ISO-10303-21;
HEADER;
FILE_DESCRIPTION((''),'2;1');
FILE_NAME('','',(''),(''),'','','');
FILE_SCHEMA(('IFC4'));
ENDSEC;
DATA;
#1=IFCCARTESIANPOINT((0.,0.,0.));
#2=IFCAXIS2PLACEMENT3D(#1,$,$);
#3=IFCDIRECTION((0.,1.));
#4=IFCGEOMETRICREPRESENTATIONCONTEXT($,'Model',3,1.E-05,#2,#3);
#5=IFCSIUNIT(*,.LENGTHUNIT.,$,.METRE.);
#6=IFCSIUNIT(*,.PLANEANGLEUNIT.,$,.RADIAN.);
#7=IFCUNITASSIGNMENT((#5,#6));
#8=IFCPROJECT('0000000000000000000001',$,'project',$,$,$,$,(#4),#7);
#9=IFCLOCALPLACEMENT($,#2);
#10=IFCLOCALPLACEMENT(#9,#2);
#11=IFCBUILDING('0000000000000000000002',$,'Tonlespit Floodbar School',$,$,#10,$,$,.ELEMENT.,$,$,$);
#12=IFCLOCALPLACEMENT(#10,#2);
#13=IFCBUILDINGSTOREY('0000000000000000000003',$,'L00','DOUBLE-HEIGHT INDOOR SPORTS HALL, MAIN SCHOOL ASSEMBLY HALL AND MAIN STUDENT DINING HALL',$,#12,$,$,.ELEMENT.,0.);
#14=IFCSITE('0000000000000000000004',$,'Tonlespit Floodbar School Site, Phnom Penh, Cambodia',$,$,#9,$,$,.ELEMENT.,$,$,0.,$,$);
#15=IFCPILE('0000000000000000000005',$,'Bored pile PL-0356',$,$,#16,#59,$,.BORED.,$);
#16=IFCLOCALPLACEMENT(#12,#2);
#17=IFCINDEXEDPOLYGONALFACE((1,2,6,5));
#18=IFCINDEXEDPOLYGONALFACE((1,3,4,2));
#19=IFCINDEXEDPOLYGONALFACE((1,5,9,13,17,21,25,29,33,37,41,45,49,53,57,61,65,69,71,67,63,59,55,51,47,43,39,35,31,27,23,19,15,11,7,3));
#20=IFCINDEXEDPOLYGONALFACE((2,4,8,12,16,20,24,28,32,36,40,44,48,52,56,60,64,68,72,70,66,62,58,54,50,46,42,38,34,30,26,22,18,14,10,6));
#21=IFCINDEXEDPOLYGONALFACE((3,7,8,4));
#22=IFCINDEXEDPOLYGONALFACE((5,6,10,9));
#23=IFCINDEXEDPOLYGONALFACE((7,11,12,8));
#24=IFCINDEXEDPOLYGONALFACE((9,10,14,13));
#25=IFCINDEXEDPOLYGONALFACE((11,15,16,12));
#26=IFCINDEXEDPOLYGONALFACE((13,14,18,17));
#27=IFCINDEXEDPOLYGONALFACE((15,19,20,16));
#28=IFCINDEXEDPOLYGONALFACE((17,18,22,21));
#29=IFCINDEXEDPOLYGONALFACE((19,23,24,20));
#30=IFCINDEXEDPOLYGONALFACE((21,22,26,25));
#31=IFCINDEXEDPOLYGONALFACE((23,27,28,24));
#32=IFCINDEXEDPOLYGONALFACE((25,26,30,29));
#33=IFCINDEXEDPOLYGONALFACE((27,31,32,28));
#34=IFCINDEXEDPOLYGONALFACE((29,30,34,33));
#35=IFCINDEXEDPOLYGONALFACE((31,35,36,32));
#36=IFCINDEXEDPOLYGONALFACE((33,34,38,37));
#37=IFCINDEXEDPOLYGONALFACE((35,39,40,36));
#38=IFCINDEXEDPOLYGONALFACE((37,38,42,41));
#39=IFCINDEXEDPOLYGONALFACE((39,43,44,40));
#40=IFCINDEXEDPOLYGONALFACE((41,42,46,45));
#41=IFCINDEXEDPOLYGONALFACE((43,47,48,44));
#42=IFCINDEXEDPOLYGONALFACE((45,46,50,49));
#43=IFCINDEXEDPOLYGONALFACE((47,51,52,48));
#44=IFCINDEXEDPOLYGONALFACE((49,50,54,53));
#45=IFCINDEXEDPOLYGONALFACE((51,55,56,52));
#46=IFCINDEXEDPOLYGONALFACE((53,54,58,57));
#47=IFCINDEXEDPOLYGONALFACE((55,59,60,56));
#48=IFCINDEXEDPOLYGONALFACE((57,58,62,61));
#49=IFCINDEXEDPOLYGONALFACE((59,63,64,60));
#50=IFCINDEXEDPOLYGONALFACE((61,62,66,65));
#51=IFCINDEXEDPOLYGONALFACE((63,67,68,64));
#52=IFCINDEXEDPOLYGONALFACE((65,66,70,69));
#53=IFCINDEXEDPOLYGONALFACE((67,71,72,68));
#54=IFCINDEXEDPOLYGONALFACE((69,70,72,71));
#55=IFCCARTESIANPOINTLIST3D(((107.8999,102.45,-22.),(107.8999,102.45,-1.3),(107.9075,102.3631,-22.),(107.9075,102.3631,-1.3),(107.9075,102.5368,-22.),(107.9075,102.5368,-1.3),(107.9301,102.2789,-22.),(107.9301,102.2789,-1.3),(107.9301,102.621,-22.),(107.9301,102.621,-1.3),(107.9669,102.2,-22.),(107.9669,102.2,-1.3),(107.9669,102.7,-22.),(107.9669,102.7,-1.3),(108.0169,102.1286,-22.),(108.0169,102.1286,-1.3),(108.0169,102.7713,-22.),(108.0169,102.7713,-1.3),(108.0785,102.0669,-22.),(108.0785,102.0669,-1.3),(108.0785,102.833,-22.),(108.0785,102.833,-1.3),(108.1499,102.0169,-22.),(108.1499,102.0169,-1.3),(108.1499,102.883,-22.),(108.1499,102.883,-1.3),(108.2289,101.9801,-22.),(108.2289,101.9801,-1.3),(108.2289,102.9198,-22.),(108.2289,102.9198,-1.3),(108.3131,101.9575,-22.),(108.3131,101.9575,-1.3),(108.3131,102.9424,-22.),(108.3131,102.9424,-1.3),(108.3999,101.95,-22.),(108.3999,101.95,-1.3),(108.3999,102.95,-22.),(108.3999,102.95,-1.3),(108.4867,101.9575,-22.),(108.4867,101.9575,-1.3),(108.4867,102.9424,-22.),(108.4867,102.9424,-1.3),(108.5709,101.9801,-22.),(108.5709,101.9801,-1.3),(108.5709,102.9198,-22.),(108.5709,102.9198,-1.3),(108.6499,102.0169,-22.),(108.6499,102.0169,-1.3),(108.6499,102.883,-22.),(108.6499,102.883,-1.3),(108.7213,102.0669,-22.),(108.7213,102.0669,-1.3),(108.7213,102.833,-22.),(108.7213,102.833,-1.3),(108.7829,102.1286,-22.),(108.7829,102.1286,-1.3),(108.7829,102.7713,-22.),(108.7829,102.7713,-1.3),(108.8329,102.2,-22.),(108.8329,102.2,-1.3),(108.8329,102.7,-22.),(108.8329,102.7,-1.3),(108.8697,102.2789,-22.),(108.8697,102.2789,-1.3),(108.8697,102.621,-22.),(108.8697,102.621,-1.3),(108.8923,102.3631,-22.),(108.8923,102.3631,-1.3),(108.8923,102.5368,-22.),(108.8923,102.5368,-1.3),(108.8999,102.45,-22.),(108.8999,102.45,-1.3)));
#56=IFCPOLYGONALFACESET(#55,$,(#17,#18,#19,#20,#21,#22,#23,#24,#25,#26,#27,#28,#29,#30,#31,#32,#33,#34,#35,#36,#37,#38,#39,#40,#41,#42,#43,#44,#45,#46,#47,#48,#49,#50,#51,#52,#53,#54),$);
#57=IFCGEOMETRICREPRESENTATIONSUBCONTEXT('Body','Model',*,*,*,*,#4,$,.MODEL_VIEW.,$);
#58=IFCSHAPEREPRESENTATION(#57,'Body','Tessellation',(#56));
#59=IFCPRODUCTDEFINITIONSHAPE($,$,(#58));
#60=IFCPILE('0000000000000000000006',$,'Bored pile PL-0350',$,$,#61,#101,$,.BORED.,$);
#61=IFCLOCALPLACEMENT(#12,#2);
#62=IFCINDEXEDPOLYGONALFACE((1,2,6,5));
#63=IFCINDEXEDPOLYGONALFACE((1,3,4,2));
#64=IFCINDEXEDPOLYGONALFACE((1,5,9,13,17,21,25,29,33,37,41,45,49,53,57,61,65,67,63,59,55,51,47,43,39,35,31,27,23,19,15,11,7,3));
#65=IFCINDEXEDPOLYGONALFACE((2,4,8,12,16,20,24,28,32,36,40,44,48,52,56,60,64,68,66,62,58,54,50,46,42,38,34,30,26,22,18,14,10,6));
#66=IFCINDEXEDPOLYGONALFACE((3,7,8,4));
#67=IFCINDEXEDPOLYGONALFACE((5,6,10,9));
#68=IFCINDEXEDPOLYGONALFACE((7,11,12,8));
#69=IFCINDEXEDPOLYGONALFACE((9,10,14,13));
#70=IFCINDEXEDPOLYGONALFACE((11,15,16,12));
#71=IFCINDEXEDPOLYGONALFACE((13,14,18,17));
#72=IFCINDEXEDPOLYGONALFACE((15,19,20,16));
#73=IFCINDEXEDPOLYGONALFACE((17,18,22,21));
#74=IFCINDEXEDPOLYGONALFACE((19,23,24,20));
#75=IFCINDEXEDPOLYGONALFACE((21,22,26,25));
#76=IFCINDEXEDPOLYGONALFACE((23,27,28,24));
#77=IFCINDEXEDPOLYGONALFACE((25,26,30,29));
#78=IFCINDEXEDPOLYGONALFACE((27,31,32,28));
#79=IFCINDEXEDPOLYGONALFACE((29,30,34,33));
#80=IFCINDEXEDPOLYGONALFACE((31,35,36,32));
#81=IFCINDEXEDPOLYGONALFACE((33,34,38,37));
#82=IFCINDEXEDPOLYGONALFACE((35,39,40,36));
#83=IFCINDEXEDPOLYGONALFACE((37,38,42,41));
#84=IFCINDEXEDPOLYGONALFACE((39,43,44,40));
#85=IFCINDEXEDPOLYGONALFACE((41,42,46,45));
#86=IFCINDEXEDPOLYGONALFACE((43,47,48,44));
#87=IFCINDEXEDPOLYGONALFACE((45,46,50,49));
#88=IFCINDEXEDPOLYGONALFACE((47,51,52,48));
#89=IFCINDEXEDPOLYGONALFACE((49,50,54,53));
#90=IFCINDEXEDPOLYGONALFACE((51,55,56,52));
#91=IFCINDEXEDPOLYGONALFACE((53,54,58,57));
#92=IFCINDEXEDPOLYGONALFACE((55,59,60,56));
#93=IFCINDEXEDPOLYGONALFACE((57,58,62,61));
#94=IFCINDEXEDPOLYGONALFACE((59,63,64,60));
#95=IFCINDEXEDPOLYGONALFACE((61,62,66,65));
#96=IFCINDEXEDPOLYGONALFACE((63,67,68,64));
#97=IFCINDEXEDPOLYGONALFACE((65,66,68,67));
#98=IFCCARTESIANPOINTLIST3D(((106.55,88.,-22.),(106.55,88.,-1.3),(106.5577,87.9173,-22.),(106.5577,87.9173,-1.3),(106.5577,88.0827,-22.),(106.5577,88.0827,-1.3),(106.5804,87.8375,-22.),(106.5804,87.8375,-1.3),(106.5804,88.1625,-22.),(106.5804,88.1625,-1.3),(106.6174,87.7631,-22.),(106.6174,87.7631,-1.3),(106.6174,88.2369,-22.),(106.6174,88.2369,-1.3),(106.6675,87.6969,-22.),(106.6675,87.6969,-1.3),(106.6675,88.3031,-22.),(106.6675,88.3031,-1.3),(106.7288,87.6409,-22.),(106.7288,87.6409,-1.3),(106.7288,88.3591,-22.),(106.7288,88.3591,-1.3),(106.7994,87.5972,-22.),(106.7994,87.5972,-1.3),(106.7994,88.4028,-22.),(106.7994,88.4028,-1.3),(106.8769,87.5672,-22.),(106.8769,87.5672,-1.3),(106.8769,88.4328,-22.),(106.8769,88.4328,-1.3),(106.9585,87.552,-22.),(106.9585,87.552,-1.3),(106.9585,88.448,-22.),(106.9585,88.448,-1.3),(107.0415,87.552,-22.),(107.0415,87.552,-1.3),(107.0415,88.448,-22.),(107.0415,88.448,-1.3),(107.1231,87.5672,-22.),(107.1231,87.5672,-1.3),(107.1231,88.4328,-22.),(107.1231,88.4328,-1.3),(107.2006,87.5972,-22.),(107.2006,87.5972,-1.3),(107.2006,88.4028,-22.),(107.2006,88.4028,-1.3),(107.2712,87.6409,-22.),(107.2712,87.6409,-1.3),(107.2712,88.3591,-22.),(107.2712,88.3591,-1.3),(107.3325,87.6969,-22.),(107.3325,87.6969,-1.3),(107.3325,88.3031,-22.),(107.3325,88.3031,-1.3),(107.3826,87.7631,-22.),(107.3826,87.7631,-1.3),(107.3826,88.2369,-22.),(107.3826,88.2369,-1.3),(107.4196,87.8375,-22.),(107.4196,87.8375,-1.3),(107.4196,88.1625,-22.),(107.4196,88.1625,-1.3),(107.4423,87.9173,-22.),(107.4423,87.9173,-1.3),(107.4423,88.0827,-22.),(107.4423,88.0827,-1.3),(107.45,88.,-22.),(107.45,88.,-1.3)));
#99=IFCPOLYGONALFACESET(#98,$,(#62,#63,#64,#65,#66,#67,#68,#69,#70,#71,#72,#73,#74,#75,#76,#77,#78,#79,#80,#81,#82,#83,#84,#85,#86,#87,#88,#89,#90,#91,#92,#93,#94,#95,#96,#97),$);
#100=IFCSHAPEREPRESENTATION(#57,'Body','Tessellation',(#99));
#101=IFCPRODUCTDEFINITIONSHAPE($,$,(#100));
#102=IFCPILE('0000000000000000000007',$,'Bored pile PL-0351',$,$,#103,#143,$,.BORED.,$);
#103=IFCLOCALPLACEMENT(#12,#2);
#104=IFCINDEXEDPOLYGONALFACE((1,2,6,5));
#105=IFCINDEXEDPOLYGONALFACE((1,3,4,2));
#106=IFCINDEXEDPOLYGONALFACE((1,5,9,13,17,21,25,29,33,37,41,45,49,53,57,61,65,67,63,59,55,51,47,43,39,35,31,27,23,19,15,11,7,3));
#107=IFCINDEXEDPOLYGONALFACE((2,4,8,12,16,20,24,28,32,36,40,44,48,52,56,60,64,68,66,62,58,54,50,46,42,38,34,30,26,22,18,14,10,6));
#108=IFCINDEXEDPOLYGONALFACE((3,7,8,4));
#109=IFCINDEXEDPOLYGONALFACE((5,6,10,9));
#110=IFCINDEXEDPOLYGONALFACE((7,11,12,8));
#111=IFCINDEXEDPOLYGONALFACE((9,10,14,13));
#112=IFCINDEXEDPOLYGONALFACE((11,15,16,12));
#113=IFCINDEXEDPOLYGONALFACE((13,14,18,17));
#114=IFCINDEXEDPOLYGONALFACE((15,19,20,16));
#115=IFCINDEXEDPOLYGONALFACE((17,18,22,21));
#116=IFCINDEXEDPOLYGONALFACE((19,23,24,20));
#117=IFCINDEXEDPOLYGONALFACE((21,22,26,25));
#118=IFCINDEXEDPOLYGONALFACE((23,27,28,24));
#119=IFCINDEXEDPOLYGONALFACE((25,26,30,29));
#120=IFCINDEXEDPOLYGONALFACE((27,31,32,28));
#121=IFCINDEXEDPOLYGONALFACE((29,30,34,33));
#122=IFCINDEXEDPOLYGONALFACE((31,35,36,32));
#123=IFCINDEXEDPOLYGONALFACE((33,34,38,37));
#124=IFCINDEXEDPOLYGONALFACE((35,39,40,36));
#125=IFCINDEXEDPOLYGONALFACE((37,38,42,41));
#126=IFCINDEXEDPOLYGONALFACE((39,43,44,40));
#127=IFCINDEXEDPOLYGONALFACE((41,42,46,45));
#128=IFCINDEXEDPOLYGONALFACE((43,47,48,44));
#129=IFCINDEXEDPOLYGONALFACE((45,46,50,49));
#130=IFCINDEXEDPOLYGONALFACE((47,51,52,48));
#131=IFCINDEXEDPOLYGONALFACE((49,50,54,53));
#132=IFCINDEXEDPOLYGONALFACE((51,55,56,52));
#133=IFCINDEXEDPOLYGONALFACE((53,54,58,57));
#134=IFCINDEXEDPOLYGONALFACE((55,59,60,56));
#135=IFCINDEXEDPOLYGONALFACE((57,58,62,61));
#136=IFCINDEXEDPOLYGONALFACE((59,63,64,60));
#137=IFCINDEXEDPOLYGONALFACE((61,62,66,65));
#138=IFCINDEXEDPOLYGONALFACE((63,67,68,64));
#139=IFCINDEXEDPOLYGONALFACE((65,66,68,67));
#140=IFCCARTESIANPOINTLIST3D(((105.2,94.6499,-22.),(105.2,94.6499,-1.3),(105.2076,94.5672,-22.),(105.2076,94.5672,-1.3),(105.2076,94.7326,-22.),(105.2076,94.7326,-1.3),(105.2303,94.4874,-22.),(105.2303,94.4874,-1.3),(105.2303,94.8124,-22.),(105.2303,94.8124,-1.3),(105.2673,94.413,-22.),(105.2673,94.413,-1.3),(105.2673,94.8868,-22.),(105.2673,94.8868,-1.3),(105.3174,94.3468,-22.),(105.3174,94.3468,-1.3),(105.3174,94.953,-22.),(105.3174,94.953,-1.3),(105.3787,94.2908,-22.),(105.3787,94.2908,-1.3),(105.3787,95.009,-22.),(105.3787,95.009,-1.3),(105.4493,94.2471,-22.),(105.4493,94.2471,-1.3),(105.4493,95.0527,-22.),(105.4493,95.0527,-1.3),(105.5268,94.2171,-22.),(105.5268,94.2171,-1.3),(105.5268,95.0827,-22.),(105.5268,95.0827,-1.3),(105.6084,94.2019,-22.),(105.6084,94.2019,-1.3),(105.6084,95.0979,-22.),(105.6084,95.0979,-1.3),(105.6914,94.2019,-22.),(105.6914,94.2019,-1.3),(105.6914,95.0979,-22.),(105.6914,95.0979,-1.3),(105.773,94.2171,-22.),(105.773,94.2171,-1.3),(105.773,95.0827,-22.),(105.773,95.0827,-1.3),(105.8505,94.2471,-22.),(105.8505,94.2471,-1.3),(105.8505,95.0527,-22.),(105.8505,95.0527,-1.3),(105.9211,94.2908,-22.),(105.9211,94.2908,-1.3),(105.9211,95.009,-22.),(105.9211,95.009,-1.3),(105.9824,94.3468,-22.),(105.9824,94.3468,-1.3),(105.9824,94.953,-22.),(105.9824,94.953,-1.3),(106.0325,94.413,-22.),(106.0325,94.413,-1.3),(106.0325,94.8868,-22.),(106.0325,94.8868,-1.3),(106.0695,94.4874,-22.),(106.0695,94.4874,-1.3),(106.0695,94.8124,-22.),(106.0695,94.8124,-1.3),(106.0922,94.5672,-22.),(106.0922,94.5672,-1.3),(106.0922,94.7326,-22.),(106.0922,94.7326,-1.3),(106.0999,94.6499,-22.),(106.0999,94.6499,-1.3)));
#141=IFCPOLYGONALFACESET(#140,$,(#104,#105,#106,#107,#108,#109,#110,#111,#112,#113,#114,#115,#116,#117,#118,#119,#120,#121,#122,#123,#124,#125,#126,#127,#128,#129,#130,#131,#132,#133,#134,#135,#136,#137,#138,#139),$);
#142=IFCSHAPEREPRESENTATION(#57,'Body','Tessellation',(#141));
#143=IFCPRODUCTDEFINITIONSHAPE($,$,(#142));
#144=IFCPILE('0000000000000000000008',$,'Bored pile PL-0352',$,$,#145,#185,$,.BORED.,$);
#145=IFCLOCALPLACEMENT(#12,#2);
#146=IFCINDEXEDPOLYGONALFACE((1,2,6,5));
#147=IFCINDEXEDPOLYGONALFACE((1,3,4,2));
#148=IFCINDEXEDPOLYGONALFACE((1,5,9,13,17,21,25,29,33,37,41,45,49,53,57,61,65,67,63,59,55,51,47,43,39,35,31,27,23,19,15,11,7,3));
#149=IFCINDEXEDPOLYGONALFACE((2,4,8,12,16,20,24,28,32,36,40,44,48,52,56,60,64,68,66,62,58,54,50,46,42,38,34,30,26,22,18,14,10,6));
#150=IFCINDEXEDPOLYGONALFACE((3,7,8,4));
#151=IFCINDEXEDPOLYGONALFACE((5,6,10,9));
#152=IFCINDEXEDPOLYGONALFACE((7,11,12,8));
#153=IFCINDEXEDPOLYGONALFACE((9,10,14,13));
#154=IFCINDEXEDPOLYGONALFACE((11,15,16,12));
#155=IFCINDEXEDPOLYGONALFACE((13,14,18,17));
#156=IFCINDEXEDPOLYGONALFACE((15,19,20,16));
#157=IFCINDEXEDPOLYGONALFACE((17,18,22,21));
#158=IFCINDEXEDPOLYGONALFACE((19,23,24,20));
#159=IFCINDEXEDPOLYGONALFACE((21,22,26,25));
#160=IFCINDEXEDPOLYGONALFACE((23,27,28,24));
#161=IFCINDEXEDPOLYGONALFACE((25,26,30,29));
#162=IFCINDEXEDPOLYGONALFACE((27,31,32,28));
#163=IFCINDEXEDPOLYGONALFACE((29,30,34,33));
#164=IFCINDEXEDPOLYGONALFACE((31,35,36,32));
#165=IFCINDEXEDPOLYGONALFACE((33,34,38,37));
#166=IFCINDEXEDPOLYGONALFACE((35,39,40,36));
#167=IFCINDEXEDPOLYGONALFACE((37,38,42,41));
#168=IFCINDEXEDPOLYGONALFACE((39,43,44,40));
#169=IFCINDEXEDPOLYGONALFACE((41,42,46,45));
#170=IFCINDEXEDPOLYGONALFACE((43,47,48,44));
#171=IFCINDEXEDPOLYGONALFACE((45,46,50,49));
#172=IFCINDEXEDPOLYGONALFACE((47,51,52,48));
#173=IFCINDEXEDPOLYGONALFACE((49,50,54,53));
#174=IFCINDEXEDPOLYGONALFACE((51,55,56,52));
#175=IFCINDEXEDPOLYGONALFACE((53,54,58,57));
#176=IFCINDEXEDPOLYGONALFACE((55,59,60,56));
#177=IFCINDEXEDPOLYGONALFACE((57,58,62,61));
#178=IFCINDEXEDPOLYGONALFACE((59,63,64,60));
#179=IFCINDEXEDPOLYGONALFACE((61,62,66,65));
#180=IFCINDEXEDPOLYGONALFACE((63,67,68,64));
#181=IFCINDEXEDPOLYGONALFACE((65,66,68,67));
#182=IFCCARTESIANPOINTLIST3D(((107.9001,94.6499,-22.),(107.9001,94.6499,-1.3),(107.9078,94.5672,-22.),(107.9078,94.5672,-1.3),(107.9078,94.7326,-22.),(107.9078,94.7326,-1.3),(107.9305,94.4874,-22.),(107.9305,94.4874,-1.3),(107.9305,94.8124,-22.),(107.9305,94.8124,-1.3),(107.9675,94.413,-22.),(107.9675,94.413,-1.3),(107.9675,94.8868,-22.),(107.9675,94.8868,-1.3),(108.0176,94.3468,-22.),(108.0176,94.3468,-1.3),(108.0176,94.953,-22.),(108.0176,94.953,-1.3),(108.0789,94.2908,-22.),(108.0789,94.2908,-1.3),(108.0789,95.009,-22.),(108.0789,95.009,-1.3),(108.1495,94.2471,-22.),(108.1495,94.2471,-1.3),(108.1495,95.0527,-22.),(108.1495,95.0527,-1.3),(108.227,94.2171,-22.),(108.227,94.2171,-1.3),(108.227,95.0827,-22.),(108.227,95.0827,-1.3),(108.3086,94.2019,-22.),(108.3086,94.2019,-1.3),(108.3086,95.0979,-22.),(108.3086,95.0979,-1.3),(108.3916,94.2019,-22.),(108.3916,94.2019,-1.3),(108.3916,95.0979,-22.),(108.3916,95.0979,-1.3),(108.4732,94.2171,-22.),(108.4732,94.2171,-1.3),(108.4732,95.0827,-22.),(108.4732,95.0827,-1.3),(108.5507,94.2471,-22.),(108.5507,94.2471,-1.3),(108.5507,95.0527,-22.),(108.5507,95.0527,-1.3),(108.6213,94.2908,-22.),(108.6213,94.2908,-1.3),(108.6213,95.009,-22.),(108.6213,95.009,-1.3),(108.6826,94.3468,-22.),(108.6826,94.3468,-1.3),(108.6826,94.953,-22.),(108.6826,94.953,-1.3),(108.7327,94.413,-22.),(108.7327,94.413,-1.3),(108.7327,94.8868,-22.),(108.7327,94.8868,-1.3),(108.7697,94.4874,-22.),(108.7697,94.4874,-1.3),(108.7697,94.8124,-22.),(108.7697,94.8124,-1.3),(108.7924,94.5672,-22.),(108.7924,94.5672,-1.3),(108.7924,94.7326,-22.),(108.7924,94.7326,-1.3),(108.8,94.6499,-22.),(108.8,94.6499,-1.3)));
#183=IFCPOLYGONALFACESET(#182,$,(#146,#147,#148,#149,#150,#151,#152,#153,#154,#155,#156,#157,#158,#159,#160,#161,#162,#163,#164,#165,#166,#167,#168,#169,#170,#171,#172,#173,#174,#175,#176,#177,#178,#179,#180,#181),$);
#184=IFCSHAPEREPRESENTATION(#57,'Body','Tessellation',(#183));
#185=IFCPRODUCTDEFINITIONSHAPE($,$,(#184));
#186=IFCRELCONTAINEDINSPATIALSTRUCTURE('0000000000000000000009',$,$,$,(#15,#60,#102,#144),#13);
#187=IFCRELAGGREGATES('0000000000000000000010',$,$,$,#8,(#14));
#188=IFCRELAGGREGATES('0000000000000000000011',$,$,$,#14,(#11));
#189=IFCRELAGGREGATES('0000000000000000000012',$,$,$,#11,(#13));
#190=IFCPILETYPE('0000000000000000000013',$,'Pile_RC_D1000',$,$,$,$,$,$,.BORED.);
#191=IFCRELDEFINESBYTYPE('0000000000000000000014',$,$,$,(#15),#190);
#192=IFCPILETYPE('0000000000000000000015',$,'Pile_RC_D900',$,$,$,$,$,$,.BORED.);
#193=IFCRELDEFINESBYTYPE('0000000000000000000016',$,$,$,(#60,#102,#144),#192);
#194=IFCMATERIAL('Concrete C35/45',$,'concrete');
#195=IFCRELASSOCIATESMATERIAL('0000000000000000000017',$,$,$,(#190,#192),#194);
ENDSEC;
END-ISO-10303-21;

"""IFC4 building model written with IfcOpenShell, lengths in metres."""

from ifc_helpers import new_model, si_unit, direction, frame, origin, origin_2d, place, context, subcontext, project, spatial, circle, extrude, material, material_profile, profile_set, type_object, element, save


model = new_model("IFC4")

# Units and contexts
model_context = context("Model", 3, precision=1e-05, world=origin(), true_north=direction((0.0, 1.0)))
body_context = subcontext(model_context, "Body", "Model", "MODEL_VIEW")
ifc_project = project(units=[si_unit("LENGTHUNIT", "METRE"), si_unit("PLANEANGLEUNIT", "RADIAN")], contexts=[model_context])

# Site, building, storey
site_placement = place(None, origin())
site = spatial("IfcSite", under=ifc_project, at=site_placement, Name="Tonlespit Floodbar School Site, Phnom Penh, Cambodia", CompositionType="ELEMENT", RefElevation=0.0)
building_placement = place(site_placement, origin())
building = spatial("IfcBuilding", under=site, at=building_placement, Name="Tonlespit Floodbar School", CompositionType="ELEMENT")
storey_placement = place(building_placement, origin())
storey = spatial("IfcBuildingStorey", under=building, at=storey_placement, Name="L00", Description="DOUBLE-HEIGHT INDOOR SPORTS HALL, MAIN SCHOOL ASSEMBLY HALL AND MAIN STUDENT DINING HALL", CompositionType="ELEMENT", Elevation=0.0)

# Piles
ifc_material_1 = material(Name="Concrete C35/45", Category="concrete")
ifc_material_profile_1 = material_profile(ifc_material_1, circle(Radius=0.5, at=origin_2d()), Name="BP D1000")
ifc_profile_set_1 = profile_set([ifc_material_profile_1], Name="Concrete C35/45")
pile_type_1 = type_object("IfcPileType", Name="Pile_RC_D1000", PredefinedType="BORED", material=ifc_profile_set_1)
for number, where, z_axis, x_axis, name in (
    (1, (108.3999, 102.45, -1.3), (0.0, 0.0, -1.0), (1.0, 0.0, 0.0), "Bored pile PL-0356"),
):
    element("IfcPile", number, at=place(storey_placement, frame(where, z_axis=z_axis, x_axis=x_axis)), inside=storey, type_object=pile_type_1, Name=name, PredefinedType="BORED", context=body_context, shape_type="SweptSolid", body=[
        extrude(circle(Radius=0.5, at=origin_2d()), origin(), (0.0, 0.0, 1.0), 20.7),
    ])
ifc_material_profile_2 = material_profile(ifc_material_1, circle(Radius=0.45, at=origin_2d()), Name="BP D900")
ifc_profile_set_2 = profile_set([ifc_material_profile_2], Name="Concrete C35/45")
pile_type_2 = type_object("IfcPileType", Name="Pile_RC_D900", PredefinedType="BORED", material=ifc_profile_set_2)
for number, where, z_axis, x_axis, name in (
    (2, (107.0, 88.0, -1.3), (0.0, 0.0, -1.0), (1.0, 0.0, 0.0), "Bored pile PL-0350"),
    (3, (105.6499, 94.6499, -1.3), (0.0, 0.0, -1.0), (1.0, 0.0, 0.0), "Bored pile PL-0351"),
    (4, (108.3501, 94.6499, -1.3), (0.0, 0.0, -1.0), (1.0, 0.0, 0.0), "Bored pile PL-0352"),
):
    element("IfcPile", number, at=place(storey_placement, frame(where, z_axis=z_axis, x_axis=x_axis)), inside=storey, type_object=pile_type_2, Name=name, PredefinedType="BORED", context=body_context, shape_type="SweptSolid", body=[
        extrude(circle(Radius=0.45, at=origin_2d()), origin(), (0.0, 0.0, 1.0), 20.7),
    ])

save(model, "model.ifc")
